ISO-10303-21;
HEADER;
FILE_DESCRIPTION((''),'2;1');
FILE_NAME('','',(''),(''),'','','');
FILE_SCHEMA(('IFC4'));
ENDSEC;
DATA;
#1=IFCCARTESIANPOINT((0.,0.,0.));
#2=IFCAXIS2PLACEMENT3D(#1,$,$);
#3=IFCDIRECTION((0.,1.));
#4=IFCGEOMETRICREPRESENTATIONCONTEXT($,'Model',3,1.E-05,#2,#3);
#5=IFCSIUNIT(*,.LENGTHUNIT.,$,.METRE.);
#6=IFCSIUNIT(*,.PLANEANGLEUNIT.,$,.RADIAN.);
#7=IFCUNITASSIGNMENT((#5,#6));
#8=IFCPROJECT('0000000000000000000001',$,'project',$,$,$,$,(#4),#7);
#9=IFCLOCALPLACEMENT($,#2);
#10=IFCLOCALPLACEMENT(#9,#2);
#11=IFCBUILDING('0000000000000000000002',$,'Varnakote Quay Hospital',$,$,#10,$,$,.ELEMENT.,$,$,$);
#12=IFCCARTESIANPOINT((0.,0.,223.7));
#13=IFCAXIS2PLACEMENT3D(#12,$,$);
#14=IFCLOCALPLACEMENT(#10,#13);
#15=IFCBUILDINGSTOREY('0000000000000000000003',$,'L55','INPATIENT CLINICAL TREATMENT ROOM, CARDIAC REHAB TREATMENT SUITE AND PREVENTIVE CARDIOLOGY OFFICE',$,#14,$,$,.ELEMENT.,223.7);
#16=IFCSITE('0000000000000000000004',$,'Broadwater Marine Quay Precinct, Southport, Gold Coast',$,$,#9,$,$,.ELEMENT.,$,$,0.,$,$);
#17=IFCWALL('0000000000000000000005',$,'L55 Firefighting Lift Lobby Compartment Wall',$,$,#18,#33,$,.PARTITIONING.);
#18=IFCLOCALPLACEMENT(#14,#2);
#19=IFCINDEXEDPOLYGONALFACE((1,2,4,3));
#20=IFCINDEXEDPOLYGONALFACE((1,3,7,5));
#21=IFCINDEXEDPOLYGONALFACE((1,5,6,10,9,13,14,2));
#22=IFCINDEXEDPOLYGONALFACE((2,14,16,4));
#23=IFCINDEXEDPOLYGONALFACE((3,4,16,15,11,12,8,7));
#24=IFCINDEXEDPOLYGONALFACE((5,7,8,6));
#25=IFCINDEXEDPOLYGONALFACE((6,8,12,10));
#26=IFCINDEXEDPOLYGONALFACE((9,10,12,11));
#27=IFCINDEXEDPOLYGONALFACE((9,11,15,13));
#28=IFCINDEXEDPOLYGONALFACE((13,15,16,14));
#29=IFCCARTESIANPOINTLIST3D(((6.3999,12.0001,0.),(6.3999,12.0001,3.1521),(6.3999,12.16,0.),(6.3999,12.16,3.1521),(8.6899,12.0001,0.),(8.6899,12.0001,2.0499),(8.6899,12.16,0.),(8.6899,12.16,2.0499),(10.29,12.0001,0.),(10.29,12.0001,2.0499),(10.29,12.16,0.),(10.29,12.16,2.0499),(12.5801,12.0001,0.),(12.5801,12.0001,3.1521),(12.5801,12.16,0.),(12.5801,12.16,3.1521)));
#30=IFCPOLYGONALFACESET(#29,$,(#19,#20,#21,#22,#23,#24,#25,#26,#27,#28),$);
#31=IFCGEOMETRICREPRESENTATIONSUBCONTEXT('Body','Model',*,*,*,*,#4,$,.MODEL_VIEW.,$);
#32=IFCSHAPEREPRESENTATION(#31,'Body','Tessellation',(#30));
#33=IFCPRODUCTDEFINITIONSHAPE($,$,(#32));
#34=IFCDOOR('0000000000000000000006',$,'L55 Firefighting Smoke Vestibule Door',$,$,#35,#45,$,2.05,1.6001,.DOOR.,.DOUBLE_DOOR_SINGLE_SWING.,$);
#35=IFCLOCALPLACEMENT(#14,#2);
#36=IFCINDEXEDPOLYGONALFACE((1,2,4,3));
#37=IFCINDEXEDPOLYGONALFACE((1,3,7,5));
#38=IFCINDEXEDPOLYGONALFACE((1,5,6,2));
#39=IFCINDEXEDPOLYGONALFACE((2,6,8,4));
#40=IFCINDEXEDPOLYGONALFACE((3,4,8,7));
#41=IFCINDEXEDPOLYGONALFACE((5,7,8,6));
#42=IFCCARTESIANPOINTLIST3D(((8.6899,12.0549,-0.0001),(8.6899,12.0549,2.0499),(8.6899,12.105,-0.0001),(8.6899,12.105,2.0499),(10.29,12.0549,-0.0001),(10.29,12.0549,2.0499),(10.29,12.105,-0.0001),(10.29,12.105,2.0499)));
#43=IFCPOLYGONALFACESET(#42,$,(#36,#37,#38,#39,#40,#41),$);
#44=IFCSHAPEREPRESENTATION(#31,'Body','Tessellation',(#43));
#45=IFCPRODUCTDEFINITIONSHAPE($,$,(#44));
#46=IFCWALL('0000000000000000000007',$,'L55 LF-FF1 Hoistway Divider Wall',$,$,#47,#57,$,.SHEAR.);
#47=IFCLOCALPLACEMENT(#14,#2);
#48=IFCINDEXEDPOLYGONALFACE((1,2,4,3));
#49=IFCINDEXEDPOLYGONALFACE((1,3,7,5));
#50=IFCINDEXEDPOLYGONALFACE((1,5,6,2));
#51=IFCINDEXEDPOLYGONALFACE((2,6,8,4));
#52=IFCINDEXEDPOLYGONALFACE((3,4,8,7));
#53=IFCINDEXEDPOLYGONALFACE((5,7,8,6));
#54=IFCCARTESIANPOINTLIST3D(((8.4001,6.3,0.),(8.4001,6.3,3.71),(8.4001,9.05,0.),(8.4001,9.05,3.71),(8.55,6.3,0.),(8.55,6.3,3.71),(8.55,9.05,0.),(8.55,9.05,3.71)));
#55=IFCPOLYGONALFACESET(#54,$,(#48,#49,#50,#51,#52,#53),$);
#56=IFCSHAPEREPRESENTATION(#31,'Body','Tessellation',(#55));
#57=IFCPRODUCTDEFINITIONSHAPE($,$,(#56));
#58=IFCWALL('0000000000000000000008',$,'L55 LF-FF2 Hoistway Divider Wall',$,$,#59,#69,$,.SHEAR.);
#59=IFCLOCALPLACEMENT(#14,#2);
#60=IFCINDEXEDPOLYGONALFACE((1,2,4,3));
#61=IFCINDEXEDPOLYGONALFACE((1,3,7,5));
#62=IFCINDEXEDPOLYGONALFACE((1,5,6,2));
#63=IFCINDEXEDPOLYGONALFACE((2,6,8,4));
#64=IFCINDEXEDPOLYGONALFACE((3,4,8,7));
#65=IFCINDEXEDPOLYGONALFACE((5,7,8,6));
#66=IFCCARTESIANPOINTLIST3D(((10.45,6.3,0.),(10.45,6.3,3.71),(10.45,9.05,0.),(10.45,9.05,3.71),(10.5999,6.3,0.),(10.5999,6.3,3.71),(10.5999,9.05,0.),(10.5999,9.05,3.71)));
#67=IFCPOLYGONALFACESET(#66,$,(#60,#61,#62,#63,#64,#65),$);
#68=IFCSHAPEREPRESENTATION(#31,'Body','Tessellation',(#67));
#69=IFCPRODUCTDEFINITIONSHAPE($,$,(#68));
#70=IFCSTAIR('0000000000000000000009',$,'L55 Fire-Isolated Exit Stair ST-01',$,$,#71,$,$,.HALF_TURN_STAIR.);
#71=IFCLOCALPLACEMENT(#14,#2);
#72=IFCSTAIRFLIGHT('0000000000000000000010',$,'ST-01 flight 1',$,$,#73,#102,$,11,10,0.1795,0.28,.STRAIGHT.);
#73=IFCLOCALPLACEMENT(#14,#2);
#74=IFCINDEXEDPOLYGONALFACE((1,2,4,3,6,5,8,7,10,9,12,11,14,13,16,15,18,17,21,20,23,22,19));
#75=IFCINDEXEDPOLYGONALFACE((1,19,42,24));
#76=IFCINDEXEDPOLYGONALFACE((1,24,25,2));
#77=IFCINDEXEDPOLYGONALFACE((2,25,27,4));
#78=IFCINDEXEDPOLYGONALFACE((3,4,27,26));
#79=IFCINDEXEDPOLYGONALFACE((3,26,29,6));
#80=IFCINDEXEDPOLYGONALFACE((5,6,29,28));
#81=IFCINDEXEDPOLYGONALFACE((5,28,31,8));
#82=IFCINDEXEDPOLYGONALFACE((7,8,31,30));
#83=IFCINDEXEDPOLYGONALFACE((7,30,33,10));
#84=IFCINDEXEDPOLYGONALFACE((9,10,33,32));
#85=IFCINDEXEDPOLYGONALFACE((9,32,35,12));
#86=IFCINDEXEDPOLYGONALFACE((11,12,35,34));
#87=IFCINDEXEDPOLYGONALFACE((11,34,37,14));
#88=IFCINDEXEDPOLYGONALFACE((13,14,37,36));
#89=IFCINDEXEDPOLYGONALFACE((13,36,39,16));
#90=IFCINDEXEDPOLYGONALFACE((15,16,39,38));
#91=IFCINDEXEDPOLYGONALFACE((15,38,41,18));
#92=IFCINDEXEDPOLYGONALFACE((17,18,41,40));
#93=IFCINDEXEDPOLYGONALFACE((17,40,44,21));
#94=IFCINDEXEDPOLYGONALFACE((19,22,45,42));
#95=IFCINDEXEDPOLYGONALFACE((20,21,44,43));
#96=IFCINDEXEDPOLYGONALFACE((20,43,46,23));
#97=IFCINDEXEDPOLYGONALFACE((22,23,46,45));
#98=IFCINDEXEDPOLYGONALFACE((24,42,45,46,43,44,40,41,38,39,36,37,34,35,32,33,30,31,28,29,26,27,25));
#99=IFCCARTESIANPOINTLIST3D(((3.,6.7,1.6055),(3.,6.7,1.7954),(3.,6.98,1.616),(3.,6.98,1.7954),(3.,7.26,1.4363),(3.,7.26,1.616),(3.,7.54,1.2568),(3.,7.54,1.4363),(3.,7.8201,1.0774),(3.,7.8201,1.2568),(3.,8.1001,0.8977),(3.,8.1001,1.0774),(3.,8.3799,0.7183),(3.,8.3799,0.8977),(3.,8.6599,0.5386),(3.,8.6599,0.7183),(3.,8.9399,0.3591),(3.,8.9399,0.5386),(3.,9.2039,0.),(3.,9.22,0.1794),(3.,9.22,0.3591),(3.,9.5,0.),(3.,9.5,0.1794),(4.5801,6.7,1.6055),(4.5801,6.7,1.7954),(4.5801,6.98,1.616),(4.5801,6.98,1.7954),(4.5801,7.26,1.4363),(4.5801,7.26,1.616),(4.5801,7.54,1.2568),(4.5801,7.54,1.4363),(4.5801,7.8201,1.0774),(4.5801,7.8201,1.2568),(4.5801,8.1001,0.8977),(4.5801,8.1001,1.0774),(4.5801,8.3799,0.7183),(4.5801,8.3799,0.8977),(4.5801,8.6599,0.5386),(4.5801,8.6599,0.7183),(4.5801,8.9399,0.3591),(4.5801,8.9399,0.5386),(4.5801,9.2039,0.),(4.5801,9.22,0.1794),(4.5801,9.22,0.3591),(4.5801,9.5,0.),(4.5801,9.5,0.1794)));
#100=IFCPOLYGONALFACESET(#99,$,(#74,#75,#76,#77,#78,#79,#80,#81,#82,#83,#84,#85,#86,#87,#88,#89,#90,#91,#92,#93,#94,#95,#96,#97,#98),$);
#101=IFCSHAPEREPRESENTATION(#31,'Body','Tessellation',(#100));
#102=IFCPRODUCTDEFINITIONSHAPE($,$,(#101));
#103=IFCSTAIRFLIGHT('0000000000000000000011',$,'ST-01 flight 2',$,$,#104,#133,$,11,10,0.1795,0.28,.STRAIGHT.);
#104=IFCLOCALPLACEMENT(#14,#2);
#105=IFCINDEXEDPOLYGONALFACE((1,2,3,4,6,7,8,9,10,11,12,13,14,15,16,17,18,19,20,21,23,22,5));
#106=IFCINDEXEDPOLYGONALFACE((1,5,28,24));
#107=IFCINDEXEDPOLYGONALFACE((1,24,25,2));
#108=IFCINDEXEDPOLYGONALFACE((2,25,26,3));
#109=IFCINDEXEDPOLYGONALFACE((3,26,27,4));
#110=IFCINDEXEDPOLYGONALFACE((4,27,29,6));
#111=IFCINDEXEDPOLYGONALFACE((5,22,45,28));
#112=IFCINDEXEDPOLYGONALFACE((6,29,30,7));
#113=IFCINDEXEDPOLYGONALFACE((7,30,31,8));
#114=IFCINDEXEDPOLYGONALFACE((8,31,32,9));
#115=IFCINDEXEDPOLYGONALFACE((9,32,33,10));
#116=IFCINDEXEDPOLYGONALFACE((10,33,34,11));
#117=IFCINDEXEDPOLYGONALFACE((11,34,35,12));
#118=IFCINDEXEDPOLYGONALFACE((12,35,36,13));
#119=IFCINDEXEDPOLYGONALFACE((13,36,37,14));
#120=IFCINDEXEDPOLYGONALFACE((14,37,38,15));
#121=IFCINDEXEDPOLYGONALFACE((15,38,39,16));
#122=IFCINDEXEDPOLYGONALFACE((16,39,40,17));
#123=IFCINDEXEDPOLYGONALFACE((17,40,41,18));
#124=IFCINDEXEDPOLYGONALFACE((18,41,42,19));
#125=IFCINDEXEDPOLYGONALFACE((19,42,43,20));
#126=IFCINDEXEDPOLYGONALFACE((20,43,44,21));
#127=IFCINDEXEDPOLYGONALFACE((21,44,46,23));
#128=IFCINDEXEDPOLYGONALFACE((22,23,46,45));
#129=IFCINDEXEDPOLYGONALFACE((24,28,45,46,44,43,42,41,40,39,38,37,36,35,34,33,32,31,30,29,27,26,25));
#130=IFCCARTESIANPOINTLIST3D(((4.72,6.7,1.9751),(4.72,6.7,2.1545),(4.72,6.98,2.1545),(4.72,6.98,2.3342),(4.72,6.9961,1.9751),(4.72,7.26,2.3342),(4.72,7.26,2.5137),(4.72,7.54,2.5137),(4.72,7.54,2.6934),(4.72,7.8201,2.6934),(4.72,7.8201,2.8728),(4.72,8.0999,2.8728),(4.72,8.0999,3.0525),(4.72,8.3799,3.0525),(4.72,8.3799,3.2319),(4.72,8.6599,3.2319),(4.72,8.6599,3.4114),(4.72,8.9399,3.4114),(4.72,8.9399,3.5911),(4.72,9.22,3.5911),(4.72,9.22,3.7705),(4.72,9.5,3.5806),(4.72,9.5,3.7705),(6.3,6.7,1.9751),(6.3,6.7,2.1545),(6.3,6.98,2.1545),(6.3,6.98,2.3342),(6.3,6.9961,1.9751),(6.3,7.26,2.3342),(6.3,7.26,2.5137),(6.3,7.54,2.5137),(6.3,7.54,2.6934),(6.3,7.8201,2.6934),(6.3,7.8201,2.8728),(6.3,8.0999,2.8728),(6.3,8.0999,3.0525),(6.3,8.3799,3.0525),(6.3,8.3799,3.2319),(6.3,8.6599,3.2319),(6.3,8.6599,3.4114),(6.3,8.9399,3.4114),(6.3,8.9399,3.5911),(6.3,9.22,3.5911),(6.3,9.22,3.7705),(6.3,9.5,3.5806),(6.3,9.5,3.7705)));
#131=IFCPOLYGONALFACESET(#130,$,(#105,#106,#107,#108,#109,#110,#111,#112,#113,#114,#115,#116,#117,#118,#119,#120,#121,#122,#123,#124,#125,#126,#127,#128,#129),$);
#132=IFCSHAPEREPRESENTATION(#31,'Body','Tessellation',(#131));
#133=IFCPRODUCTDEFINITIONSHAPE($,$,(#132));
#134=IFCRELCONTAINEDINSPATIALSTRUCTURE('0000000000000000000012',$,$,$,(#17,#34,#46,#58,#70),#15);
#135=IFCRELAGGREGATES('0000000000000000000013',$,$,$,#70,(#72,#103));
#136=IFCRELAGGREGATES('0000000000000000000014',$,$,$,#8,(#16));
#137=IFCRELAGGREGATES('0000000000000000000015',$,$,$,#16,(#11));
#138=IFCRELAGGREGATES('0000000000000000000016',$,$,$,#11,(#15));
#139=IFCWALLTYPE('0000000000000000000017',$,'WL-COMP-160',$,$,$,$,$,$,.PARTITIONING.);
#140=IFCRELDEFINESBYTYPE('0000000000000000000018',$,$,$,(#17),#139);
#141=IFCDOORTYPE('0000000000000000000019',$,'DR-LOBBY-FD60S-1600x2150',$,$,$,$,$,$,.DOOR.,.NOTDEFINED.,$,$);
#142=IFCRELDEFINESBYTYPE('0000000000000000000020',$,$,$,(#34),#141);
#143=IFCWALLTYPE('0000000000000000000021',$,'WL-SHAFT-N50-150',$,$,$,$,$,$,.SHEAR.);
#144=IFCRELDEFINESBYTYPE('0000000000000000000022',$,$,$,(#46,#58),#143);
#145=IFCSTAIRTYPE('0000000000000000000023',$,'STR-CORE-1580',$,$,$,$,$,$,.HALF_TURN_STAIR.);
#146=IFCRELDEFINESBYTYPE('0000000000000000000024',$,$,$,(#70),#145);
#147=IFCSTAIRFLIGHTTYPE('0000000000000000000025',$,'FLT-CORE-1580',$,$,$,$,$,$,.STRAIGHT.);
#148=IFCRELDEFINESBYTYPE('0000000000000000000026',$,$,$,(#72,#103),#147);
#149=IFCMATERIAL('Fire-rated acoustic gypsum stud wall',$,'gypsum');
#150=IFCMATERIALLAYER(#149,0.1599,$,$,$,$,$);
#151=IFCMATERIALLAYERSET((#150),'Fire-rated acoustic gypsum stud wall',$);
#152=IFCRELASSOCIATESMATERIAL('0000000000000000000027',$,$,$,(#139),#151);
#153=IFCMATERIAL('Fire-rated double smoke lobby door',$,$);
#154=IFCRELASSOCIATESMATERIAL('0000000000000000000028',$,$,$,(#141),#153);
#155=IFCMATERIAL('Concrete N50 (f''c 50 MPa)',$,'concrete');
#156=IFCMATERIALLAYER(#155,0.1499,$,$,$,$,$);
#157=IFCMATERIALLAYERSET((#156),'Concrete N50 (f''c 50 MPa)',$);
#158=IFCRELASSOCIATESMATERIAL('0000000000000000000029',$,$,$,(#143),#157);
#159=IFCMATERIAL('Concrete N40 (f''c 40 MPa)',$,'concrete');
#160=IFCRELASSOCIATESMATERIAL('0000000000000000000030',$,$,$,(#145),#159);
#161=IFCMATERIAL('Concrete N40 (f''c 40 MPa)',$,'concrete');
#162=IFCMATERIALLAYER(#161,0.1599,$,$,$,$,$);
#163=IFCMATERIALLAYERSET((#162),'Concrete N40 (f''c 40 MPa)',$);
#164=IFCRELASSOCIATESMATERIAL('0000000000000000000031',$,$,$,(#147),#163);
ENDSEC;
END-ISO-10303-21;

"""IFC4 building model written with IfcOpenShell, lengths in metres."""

from ifc_helpers import new_model, si_unit, direction, frame, frame_2d, origin, place, context, subcontext, project, spatial, polyline, rectangle, outline, extrude, material, layer, layer_set, type_object, element, fill, aggregate, save


model = new_model("IFC4")

# Units and contexts
model_context = context("Model", 3, precision=1e-05, world=origin(), true_north=direction((0.0, 1.0)))
body_context = subcontext(model_context, "Body", "Model", "MODEL_VIEW")
ifc_project = project(units=[si_unit("LENGTHUNIT", "METRE"), si_unit("PLANEANGLEUNIT", "RADIAN")], contexts=[model_context])

# Site, building, storey
site_placement = place(None, origin())
site = spatial("IfcSite", under=ifc_project, at=site_placement, Name="Broadwater Marine Quay Precinct, Southport, Gold Coast", CompositionType="ELEMENT", RefElevation=0.0)
building_placement = place(site_placement, origin())
building = spatial("IfcBuilding", under=site, at=building_placement, Name="Varnakote Quay Hospital", CompositionType="ELEMENT")
storey_placement = place(building_placement, frame((0.0, 0.0, 223.7)))
storey = spatial("IfcBuildingStorey", under=building, at=storey_placement, Name="L55", Description="INPATIENT CLINICAL TREATMENT ROOM, CARDIAC REHAB TREATMENT SUITE AND PREVENTIVE CARDIOLOGY OFFICE", CompositionType="ELEMENT", Elevation=223.7)

# Shared definitions
ifc_material_1 = material(Name="Fire-rated acoustic gypsum stud wall", Category="gypsum")
ifc_layer_1 = layer(ifc_material_1, 0.1599)
ifc_layer_set_1 = layer_set([ifc_layer_1], Name="Fire-rated acoustic gypsum stud wall")
wall_type_1 = type_object("IfcWallType", Name="WL-COMP-160", PredefinedType="PARTITIONING", material=ifc_layer_set_1)

# Shared definitions
ifc_material_2 = material(Name="Fire-rated double smoke lobby door")
door_type_1 = type_object("IfcDoorType", Name="DR-LOBBY-FD60S-1600x2150", OperationType="NOTDEFINED", PredefinedType="DOOR", material=ifc_material_2)

# Wall, opening, door
wall_1_placement = place(storey_placement, frame((6.3999, 12.0801, 0.0), z_axis=(0.0, 0.0, 1.0), x_axis=(1.0, 0.0, 0.0)))
wall_1 = element("IfcWall", 1, at=wall_1_placement, inside=storey, type_object=wall_type_1, Name="L55 Firefighting Lift Lobby Compartment Wall", PredefinedType="PARTITIONING", context=body_context, shape_type="SweptSolid", body=[
    extrude(rectangle(XDim=6.1802, YDim=0.1599, at=frame_2d((3.0901, 0.0))), origin(), (0.0, 0.0, 1.0), 3.1521),
])
opening_1_placement = place(wall_1_placement, frame((2.29, 0.0, 0.0)))
opening_1 = element("IfcOpeningElement", 2, at=opening_1_placement, cuts=wall_1, PredefinedType="OPENING", context=body_context, shape_type="SweptSolid", body=[
    extrude(rectangle(XDim=1.6001, YDim=2.05, at=frame_2d((0.8, 1.0249))), frame((0.0, 0.0898, 0.0), z_axis=(0.0, -1.0, 0.0), x_axis=(1.0, 0.0, 0.0)), (0.0, 0.0, 1.0), 0.1799),
])
door_1_placement = place(opening_1_placement, origin())
door_1 = element("IfcDoor", 3, at=door_1_placement, inside=storey, type_object=door_type_1, Name="L55 Firefighting Smoke Vestibule Door", OperationType="DOUBLE_DOOR_SINGLE_SWING", OverallHeight=2.05, OverallWidth=1.6001, PredefinedType="DOOR", context=body_context, shape_type="SweptSolid", body=[
    extrude(rectangle(XDim=1.6001, YDim=2.05, at=frame_2d((0.8, 1.0249))), frame((0.0, 0.0249, 0.0), z_axis=(0.0, -1.0, 0.0), x_axis=(1.0, 0.0, 0.0)), (0.0, 0.0, 1.0), 0.05),
])
fill(opening_1, door_1)

# Walls
ifc_material_3 = material(Name="Concrete N50 (f'c 50 MPa)", Category="concrete")
ifc_layer_2 = layer(ifc_material_3, 0.1499)
ifc_layer_set_2 = layer_set([ifc_layer_2], Name="Concrete N50 (f'c 50 MPa)")
wall_type_2 = type_object("IfcWallType", Name="WL-SHAFT-N50-150", PredefinedType="SHEAR", material=ifc_layer_set_2)
for number, where, z_axis, x_axis, name in (
    (4, (8.4751, 6.3, 0.0), (0.0, 0.0, 1.0), (0.0, 1.0, 0.0), "L55 LF-FF1 Hoistway Divider Wall"),
    (5, (10.5249, 6.3, 0.0), (0.0, 0.0, 1.0), (0.0, 1.0, 0.0), "L55 LF-FF2 Hoistway Divider Wall"),
):
    element("IfcWall", number, at=place(storey_placement, frame(where, z_axis=z_axis, x_axis=x_axis)), inside=storey, type_object=wall_type_2, Name=name, PredefinedType="SHEAR", context=body_context, shape_type="SweptSolid", body=[
        extrude(rectangle(XDim=2.75, YDim=0.1499, at=frame_2d((1.375, 0.0))), origin(), (0.0, 0.0, 1.0), 3.71),
    ])

# Stair, stair flights
ifc_material_4 = material(Name="Concrete N40 (f'c 40 MPa)", Category="concrete")
stair_type = type_object("IfcStairType", Name="STR-CORE-1580", PredefinedType="HALF_TURN_STAIR", material=ifc_material_4)
stair_placement = place(storey_placement, origin())
stair = element("IfcStair", 6, at=stair_placement, inside=storey, type_object=stair_type, Name="L55 Fire-Isolated Exit Stair ST-01", PredefinedType="HALF_TURN_STAIR")
ifc_material_5 = material(Name="Concrete N40 (f'c 40 MPa)", Category="concrete")
ifc_layer_3 = layer(ifc_material_5, 0.1599)
ifc_layer_set_3 = layer_set([ifc_layer_3], Name="Concrete N40 (f'c 40 MPa)")
stair_flight_type = type_object("IfcStairFlightType", Name="FLT-CORE-1580", PredefinedType="STRAIGHT", material=ifc_layer_set_3)
stair_flight_1_placement = place(storey_placement, frame((3.79, 9.5, 0.0), z_axis=(0.0, 0.0, 1.0), x_axis=(0.0, -1.0, 0.0)))
stair_flight_1 = element("IfcStairFlight", 7, at=stair_flight_1_placement, type_object=stair_flight_type, Name="ST-01 flight 1", NumberOfRisers=11, NumberOfTreads=10, PredefinedType="STRAIGHT", RiserHeight=0.1795, TreadLength=0.28, context=body_context, shape_type="SweptSolid", body=[
    extrude(outline(polyline([(0.0, 0.0), (0.0, 0.1794), (0.28, 0.1794), (0.28, 0.3591), (0.5601, 0.3591), (0.5601, 0.5386), (0.8401, 0.5386), (0.8401, 0.7183), (1.1201, 0.7183), (1.1201, 0.8977), (1.3999, 0.8977), (1.3999, 1.0774), (1.6799, 1.0774), (1.6799, 1.2568), (1.96, 1.2568), (1.96, 1.4363), (2.24, 1.4363), (2.24, 1.616), (2.52, 1.616), (2.52, 1.7954), (2.8, 1.7954), (2.8, 1.9751), (2.8, 1.6055), (0.2961, 0.0), (0.0, 0.0)])), frame((0.0, 0.79, 0.0), z_axis=(0.0, -1.0, 0.0), x_axis=(1.0, 0.0, 0.0)), (0.0, 0.0, 1.0), 1.5801),
])
stair_flight_2_placement = place(storey_placement, frame((5.51, 6.7, 1.9751), z_axis=(0.0, 0.0, 1.0), x_axis=(0.0, 1.0, 0.0)))
stair_flight_2 = element("IfcStairFlight", 8, at=stair_flight_2_placement, type_object=stair_flight_type, Name="ST-01 flight 2", NumberOfRisers=11, NumberOfTreads=10, PredefinedType="STRAIGHT", RiserHeight=0.1795, TreadLength=0.28, context=body_context, shape_type="SweptSolid", body=[
    extrude(outline(polyline([(0.0, 0.0), (0.0, 0.1794), (0.28, 0.1794), (0.28, 0.3591), (0.5601, 0.3591), (0.5601, 0.5386), (0.8401, 0.5386), (0.8401, 0.7183), (1.1201, 0.7183), (1.1201, 0.8977), (1.3999, 0.8977), (1.3999, 1.0774), (1.6799, 1.0774), (1.6799, 1.2568), (1.96, 1.2568), (1.96, 1.4363), (2.24, 1.4363), (2.24, 1.616), (2.52, 1.616), (2.52, 1.7954), (2.8, 1.7954), (2.8, 1.9751), (2.8, 1.6055), (0.2961, 0.0), (0.0, 0.0)])), frame((0.0, 0.79, 0.0), z_axis=(0.0, -1.0, 0.0), x_axis=(1.0, 0.0, 0.0)), (0.0, 0.0, 1.0), 1.5801),
])
aggregate(stair, [stair_flight_1, stair_flight_2])

save(model, "model.ifc")
